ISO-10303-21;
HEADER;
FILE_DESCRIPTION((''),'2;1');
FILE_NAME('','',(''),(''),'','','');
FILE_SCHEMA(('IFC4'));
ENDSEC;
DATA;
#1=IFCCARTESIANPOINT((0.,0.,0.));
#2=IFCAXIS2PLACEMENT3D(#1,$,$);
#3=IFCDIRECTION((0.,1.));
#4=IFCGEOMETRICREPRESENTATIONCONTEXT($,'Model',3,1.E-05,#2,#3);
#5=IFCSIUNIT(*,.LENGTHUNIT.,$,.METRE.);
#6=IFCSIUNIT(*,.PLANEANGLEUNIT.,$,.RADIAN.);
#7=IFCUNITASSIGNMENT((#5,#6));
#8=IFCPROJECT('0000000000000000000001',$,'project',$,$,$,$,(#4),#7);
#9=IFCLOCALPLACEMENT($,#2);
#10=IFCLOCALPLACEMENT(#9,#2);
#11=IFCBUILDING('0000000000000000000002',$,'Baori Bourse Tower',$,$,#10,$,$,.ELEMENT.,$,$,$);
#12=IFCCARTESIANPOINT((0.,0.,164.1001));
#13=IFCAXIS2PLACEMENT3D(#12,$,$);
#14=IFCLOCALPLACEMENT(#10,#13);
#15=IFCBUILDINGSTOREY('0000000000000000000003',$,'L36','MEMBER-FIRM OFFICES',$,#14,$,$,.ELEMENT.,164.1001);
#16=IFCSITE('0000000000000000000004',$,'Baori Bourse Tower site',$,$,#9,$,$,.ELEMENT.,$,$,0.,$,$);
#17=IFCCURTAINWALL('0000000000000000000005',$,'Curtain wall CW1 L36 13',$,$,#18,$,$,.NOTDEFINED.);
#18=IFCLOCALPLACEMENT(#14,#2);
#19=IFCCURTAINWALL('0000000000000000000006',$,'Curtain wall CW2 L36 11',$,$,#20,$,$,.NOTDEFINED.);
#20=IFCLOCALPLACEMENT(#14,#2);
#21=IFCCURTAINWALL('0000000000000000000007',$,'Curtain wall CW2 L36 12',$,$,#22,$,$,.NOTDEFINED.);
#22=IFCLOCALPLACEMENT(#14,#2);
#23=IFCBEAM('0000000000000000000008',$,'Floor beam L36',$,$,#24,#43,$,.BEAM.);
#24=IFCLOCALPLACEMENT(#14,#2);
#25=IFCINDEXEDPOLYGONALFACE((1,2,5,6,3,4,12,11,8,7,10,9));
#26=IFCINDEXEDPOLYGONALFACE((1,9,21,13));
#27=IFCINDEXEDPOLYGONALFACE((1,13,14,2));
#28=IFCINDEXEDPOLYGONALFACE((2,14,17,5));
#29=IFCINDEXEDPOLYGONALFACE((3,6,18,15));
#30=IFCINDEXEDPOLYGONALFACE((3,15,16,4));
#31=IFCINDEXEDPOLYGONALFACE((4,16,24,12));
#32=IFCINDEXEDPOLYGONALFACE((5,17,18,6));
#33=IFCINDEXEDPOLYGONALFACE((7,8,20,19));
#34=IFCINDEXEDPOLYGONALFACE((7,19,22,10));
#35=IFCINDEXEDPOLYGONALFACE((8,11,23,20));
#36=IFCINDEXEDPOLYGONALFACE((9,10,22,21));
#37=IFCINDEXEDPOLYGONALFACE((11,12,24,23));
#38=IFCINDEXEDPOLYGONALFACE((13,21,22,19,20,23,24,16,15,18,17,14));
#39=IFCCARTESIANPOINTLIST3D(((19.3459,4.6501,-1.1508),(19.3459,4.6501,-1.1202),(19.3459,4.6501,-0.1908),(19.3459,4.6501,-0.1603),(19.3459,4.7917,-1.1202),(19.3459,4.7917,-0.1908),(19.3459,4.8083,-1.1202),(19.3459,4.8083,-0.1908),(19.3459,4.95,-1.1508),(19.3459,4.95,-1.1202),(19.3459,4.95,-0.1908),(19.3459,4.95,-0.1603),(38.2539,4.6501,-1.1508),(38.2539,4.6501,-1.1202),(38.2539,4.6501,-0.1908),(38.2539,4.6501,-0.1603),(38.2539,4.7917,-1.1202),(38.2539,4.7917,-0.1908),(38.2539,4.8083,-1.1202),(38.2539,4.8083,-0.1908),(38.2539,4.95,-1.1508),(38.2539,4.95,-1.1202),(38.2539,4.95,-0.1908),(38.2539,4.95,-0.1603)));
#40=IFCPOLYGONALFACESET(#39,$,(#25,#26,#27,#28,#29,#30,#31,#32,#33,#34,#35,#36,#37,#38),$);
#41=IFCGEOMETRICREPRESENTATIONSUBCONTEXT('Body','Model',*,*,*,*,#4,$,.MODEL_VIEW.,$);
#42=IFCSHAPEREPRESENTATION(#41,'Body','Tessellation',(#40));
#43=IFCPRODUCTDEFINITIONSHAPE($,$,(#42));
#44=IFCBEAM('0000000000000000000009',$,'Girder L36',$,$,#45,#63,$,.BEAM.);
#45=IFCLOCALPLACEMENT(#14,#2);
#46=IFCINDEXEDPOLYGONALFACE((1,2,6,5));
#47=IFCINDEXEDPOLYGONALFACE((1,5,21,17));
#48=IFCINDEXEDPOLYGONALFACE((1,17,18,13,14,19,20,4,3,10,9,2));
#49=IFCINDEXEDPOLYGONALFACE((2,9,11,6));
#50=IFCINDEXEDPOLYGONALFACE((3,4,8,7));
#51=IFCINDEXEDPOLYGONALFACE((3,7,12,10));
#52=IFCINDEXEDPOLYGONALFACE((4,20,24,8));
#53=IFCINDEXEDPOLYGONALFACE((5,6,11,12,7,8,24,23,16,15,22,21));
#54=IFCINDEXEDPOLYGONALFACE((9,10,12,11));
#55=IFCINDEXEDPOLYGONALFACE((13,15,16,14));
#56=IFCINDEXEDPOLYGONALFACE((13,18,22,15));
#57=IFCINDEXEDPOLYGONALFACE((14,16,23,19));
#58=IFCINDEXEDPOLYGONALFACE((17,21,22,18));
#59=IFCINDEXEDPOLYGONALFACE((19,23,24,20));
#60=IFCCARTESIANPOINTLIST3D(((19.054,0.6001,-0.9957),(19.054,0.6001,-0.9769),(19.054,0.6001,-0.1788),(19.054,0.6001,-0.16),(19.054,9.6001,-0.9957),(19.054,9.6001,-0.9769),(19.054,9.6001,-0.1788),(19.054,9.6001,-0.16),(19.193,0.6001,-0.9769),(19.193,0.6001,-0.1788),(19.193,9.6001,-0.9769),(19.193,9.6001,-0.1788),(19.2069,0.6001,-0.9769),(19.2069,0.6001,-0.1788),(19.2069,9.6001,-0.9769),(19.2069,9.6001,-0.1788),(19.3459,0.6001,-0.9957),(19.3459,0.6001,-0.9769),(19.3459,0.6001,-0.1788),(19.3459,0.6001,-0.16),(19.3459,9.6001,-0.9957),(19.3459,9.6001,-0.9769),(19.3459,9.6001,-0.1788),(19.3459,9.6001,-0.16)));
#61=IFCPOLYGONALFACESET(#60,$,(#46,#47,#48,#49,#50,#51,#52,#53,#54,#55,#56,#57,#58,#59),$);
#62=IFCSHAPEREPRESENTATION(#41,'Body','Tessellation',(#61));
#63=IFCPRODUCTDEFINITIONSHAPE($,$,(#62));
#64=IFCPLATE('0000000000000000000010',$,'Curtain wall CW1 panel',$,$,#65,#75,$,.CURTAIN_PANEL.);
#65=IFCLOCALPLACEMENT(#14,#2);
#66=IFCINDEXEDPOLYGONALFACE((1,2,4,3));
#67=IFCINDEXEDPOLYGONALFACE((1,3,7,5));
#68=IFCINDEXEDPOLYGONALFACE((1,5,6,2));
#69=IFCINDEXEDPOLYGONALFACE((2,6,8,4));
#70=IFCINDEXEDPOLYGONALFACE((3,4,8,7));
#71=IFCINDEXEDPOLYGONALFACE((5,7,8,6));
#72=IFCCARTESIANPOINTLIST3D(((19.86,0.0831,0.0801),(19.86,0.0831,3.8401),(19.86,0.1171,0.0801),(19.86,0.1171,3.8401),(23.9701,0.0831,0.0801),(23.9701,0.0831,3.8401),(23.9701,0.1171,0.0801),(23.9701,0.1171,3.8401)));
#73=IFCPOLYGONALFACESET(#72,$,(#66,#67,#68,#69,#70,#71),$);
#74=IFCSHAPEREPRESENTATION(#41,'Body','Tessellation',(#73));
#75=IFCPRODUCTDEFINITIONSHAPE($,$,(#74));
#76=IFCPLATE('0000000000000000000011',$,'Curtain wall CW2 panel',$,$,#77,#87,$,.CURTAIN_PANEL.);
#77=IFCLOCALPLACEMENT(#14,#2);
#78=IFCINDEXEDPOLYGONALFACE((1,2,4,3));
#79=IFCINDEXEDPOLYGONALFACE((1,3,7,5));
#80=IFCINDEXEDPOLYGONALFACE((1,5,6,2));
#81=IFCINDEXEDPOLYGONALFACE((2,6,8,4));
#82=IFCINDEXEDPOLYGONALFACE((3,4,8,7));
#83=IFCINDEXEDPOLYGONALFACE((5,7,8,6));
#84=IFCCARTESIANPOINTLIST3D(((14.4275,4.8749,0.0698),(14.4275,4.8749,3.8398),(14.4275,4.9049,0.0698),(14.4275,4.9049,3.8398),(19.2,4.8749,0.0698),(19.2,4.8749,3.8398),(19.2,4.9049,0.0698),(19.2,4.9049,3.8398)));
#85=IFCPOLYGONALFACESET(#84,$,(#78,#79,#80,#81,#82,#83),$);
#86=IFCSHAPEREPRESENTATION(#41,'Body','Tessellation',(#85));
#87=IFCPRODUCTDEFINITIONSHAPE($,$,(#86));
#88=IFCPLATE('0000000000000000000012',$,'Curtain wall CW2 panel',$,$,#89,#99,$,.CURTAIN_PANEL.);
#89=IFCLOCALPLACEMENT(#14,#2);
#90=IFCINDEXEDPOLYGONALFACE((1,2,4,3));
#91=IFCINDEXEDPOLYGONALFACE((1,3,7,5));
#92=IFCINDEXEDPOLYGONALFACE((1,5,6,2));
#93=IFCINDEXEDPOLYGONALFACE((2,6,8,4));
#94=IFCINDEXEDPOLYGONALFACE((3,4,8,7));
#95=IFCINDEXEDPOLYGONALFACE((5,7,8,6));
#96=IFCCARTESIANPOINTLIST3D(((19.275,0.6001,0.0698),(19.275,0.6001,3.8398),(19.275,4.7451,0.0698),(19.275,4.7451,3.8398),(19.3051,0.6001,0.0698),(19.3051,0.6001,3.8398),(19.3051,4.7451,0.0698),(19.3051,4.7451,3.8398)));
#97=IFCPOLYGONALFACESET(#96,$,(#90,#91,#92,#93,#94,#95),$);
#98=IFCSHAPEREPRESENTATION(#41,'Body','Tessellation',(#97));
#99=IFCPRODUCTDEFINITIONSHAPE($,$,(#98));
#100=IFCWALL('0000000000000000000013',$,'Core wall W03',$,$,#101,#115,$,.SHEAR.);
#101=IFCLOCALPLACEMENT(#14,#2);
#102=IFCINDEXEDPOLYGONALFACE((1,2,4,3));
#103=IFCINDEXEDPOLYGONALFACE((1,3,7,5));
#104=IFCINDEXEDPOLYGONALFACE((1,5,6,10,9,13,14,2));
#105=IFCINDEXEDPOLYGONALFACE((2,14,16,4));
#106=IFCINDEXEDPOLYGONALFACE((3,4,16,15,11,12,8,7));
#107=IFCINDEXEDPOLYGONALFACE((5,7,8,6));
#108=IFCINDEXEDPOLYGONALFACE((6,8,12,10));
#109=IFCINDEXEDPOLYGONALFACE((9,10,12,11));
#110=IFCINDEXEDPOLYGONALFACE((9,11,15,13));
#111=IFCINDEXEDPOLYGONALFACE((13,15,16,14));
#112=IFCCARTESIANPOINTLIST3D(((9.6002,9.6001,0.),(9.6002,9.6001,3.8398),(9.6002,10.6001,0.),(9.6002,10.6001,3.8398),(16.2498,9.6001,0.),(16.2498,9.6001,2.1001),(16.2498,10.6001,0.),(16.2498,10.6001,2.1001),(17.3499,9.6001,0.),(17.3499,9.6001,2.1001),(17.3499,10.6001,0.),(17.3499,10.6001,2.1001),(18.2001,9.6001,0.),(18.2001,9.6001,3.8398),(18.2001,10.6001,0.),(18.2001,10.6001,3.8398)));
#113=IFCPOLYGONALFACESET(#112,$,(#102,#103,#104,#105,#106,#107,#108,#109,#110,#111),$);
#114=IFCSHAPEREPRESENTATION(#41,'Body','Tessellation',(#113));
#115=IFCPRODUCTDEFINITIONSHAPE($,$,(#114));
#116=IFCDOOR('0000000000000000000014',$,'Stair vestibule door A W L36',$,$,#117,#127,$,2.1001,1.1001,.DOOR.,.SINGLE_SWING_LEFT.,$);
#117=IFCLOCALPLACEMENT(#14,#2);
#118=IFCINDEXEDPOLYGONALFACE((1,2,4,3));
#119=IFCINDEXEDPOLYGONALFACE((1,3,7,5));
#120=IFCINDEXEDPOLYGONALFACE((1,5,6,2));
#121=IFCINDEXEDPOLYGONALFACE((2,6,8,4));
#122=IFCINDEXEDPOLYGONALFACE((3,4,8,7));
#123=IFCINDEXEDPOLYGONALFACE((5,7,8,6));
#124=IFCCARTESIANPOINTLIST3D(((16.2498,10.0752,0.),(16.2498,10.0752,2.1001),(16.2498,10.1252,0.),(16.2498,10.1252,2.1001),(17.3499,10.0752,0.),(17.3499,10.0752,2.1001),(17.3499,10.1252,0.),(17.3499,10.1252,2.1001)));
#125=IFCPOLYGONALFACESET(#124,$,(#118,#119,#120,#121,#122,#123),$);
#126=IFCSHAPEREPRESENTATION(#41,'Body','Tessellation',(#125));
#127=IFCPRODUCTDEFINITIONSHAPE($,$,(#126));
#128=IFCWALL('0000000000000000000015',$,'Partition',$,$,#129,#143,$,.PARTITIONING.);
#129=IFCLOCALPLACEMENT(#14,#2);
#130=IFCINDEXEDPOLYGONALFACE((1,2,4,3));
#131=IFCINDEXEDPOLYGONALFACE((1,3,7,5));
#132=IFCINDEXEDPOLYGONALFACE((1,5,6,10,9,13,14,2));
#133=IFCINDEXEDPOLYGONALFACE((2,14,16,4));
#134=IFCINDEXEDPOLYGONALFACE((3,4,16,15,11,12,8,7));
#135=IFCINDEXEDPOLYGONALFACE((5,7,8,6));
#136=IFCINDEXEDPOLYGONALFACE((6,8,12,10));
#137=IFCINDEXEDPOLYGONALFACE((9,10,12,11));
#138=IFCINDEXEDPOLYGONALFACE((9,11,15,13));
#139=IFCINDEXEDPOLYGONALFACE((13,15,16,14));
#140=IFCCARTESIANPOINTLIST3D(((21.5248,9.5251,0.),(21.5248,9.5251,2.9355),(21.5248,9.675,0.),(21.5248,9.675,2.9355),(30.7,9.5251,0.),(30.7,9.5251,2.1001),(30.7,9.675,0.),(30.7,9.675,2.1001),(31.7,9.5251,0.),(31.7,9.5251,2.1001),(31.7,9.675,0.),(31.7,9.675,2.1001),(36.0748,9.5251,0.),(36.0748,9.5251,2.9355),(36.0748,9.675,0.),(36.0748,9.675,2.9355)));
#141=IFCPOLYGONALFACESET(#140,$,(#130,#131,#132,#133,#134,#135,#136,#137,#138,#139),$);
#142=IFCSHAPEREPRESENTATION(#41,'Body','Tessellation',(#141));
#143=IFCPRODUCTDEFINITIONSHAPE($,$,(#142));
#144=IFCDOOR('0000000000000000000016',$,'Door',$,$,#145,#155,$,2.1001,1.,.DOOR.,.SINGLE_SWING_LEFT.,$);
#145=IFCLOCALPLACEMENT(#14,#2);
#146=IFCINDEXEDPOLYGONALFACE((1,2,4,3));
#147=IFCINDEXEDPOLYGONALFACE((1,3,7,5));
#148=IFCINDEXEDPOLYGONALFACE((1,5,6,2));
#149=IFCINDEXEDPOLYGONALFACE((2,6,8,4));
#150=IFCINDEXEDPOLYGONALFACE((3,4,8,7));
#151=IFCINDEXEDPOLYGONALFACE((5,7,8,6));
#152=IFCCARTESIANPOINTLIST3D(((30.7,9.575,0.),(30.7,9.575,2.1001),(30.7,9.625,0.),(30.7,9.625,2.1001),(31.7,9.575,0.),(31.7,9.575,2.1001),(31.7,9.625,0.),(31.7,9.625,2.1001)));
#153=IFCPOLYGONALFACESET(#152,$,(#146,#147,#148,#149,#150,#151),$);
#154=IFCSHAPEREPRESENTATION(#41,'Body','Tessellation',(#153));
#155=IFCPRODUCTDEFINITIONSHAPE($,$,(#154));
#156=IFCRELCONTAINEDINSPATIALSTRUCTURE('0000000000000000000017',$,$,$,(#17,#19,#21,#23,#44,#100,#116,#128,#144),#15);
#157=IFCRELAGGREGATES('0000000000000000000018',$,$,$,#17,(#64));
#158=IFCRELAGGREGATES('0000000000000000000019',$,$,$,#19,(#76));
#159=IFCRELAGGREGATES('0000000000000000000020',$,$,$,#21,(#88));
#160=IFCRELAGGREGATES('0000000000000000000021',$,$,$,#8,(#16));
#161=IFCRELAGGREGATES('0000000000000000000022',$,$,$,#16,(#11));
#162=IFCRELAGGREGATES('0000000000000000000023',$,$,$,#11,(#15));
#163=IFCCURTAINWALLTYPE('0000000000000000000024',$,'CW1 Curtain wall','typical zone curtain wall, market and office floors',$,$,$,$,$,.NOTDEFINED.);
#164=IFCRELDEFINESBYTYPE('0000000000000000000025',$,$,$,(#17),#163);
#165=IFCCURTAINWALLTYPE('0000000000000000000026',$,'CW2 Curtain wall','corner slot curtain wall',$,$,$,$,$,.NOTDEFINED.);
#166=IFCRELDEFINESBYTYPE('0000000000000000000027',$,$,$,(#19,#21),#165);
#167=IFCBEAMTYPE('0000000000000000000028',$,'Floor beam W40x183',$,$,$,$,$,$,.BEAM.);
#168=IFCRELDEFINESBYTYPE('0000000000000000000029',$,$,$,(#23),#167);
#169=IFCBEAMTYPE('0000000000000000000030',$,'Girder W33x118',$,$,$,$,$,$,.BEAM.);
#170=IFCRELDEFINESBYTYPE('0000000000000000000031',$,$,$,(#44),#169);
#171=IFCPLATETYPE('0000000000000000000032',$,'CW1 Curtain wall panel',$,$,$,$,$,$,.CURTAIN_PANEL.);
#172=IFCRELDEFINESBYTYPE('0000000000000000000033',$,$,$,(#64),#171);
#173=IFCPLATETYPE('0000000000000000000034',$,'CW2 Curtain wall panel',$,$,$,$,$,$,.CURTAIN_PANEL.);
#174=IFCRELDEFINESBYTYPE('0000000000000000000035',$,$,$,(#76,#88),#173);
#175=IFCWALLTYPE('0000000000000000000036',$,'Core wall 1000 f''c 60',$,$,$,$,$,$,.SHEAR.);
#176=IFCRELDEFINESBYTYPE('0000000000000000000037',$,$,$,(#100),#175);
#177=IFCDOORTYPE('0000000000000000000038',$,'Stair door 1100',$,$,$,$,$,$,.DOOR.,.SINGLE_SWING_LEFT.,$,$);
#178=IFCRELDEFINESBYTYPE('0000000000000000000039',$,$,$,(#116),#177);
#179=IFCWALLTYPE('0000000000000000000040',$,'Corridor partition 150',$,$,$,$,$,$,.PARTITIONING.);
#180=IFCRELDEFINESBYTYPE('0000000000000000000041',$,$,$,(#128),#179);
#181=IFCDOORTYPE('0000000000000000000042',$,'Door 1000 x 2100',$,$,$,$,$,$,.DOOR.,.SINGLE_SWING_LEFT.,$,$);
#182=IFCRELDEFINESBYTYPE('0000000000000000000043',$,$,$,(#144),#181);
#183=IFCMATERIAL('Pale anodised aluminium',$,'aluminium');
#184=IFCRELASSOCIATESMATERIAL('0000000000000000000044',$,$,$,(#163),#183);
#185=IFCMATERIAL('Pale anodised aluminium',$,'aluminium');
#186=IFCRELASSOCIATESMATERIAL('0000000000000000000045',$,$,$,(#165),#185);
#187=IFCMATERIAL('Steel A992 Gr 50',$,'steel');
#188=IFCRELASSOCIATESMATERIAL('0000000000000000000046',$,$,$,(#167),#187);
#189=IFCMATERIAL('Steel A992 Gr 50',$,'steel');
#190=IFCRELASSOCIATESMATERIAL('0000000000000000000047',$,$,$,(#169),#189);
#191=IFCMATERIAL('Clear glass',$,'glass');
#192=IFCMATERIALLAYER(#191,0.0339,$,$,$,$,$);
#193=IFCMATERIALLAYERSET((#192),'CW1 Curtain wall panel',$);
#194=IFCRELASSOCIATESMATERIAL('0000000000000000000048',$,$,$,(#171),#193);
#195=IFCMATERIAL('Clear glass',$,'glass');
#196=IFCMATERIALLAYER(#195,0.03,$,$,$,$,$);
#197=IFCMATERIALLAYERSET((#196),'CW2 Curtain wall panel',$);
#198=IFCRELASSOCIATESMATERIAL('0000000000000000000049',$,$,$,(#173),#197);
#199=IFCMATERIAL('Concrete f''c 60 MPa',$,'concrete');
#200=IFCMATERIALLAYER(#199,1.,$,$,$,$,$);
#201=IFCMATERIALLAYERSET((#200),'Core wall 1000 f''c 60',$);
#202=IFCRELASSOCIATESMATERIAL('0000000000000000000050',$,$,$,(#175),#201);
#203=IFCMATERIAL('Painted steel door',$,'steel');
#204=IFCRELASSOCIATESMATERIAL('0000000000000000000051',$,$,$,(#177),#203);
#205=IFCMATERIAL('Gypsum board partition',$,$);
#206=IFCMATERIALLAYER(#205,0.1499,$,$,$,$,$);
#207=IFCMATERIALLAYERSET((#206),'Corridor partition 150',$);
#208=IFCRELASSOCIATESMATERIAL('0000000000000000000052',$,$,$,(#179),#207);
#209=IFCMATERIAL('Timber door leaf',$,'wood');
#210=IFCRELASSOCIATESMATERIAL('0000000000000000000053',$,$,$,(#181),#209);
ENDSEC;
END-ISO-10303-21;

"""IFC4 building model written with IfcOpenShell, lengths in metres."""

from ifc_helpers import new_model, si_unit, direction, frame, frame_2d, origin, origin_2d, place, context, subcontext, project, spatial, rectangle, i_section, extrude, material, layer, layer_set, material_profile, profile_set, type_object, element, fill, aggregate, save


model = new_model("IFC4")

# Units and contexts
model_context = context("Model", 3, precision=1e-05, world=origin(), true_north=direction((0.0, 1.0)))
body_context = subcontext(model_context, "Body", "Model", "MODEL_VIEW")
ifc_project = project(units=[si_unit("LENGTHUNIT", "METRE"), si_unit("PLANEANGLEUNIT", "RADIAN")], contexts=[model_context])

# Site, building, storey
site_placement = place(None, origin())
site = spatial("IfcSite", under=ifc_project, at=site_placement, Name="Baori Bourse Tower site", CompositionType="ELEMENT", RefElevation=0.0)
building_placement = place(site_placement, origin())
building = spatial("IfcBuilding", under=site, at=building_placement, Name="Baori Bourse Tower", CompositionType="ELEMENT")
storey_placement = place(building_placement, frame((0.0, 0.0, 164.1001)))
storey = spatial("IfcBuildingStorey", under=building, at=storey_placement, Name="L36", Description="MEMBER-FIRM OFFICES", CompositionType="ELEMENT", Elevation=164.1001)

# Curtain wall
ifc_material_1 = material(Name="Pale anodised aluminium", Category="aluminium")
curtain_wall_type_1 = type_object("IfcCurtainWallType", Name="CW1 Curtain wall", Description="typical zone curtain wall, market and office floors", PredefinedType="NOTDEFINED", material=ifc_material_1)
curtain_wall_1_placement = place(storey_placement, origin())
curtain_wall_1 = element("IfcCurtainWall", 1, at=curtain_wall_1_placement, inside=storey, type_object=curtain_wall_type_1, Name="Curtain wall CW1 L36 13", PredefinedType="NOTDEFINED")

# Curtain wall
ifc_material_2 = material(Name="Pale anodised aluminium", Category="aluminium")
curtain_wall_type_2 = type_object("IfcCurtainWallType", Name="CW2 Curtain wall", Description="corner slot curtain wall", PredefinedType="NOTDEFINED", material=ifc_material_2)
curtain_wall_2_placement = place(storey_placement, origin())
curtain_wall_2 = element("IfcCurtainWall", 2, at=curtain_wall_2_placement, inside=storey, type_object=curtain_wall_type_2, Name="Curtain wall CW2 L36 11", PredefinedType="NOTDEFINED")

# Curtain wall
curtain_wall_3_placement = place(storey_placement, origin())
curtain_wall_3 = element("IfcCurtainWall", 3, at=curtain_wall_3_placement, inside=storey, type_object=curtain_wall_type_2, Name="Curtain wall CW2 L36 12", PredefinedType="NOTDEFINED")

# Beams
ifc_material_3 = material(Name="Steel A992 Gr 50", Category="steel")
ifc_material_profile_1 = material_profile(ifc_material_3, i_section(OverallWidth=0.2998, OverallDepth=0.9905, WebThickness=0.0166, FlangeThickness=0.0305, at=origin_2d()), Name="W40x183")
ifc_profile_set_1 = profile_set([ifc_material_profile_1], Name="Steel A992 Gr 50")
beam_type_1 = type_object("IfcBeamType", Name="Floor beam W40x183", PredefinedType="BEAM", material=ifc_profile_set_1)
beam_1_placement = place(storey_placement, frame((19.3459, 4.8, -0.6555), z_axis=(1.0, 0.0, 0.0), x_axis=(0.0, 1.0, 0.0)))
element("IfcBeam", 4, at=beam_1_placement, inside=storey, type_object=beam_type_1, Name="Floor beam L36", PredefinedType="BEAM", context=body_context, shape_type="SweptSolid", body=[
    extrude(i_section(OverallWidth=0.2998, OverallDepth=0.9905, WebThickness=0.0166, FlangeThickness=0.0305, at=origin_2d()), origin(), (0.0, 0.0, 1.0), 18.908),
])
ifc_material_4 = material(Name="Steel A992 Gr 50", Category="steel")
ifc_material_profile_2 = material_profile(ifc_material_4, i_section(OverallWidth=0.292, OverallDepth=0.8357, WebThickness=0.0139, FlangeThickness=0.0188, at=origin_2d()), Name="W33x118")
ifc_profile_set_2 = profile_set([ifc_material_profile_2], Name="Steel A992 Gr 50")
beam_type_2 = type_object("IfcBeamType", Name="Girder W33x118", PredefinedType="BEAM", material=ifc_profile_set_2)
beam_2_placement = place(storey_placement, frame((19.2, 0.6001, -0.5779), z_axis=(0.0, 1.0, 0.0), x_axis=(-1.0, 0.0, 0.0)))
element("IfcBeam", 5, at=beam_2_placement, inside=storey, type_object=beam_type_2, Name="Girder L36", PredefinedType="BEAM", context=body_context, shape_type="SweptSolid", body=[
    extrude(i_section(OverallWidth=0.292, OverallDepth=0.8357, WebThickness=0.0139, FlangeThickness=0.0188, at=origin_2d()), origin(), (0.0, 0.0, 1.0), 9.0),
])

# Plates
ifc_material_5 = material(Name="Clear glass", Category="glass")
ifc_layer_1 = layer(ifc_material_5, 0.0339)
ifc_layer_set_1 = layer_set([ifc_layer_1], Name="CW1 Curtain wall panel")
plate_type_1 = type_object("IfcPlateType", Name="CW1 Curtain wall panel", PredefinedType="CURTAIN_PANEL", material=ifc_layer_set_1)
plate_1_placement = place(storey_placement, frame((21.915, 0.1001, 0.0801), z_axis=(0.0, 0.0, 1.0), x_axis=(1.0, 0.0, 0.0)))
plate_1 = element("IfcPlate", 6, at=plate_1_placement, type_object=plate_type_1, Name="Curtain wall CW1 panel", PredefinedType="CURTAIN_PANEL", context=body_context, shape_type="SweptSolid", body=[
    extrude(rectangle(XDim=4.1101, YDim=0.0339, at=origin_2d()), origin(), (0.0, 0.0, 1.0), 3.76),
])
aggregate(curtain_wall_1, [plate_1])
ifc_material_6 = material(Name="Clear glass", Category="glass")
ifc_layer_2 = layer(ifc_material_6, 0.03)
ifc_layer_set_2 = layer_set([ifc_layer_2], Name="CW2 Curtain wall panel")
plate_type_2 = type_object("IfcPlateType", Name="CW2 Curtain wall panel", PredefinedType="CURTAIN_PANEL", material=ifc_layer_set_2)
plate_2_placement = place(storey_placement, frame((16.8137, 4.8899, 0.0698), z_axis=(0.0, 0.0, 1.0), x_axis=(1.0, 0.0, 0.0)))
plate_2 = element("IfcPlate", 7, at=plate_2_placement, type_object=plate_type_2, Name="Curtain wall CW2 panel", PredefinedType="CURTAIN_PANEL", context=body_context, shape_type="SweptSolid", body=[
    extrude(rectangle(XDim=4.7725, YDim=0.03, at=origin_2d()), origin(), (0.0, 0.0, 1.0), 3.77),
])
aggregate(curtain_wall_2, [plate_2])
plate_3_placement = place(storey_placement, frame((19.29, 2.6726, 0.0698), z_axis=(0.0, 0.0, 1.0), x_axis=(0.0, -1.0, 0.0)))
plate_3 = element("IfcPlate", 8, at=plate_3_placement, type_object=plate_type_2, Name="Curtain wall CW2 panel", PredefinedType="CURTAIN_PANEL", context=body_context, shape_type="SweptSolid", body=[
    extrude(rectangle(XDim=4.145, YDim=0.03, at=origin_2d()), origin(), (0.0, 0.0, 1.0), 3.77),
])
aggregate(curtain_wall_3, [plate_3])

# Walls, openings, doors
ifc_material_7 = material(Name="Concrete f'c 60 MPa", Category="concrete")
ifc_layer_3 = layer(ifc_material_7, 1.0)
ifc_layer_set_3 = layer_set([ifc_layer_3], Name="Core wall 1000 f'c 60")
wall_type_1 = type_object("IfcWallType", Name="Core wall 1000 f'c 60", PredefinedType="SHEAR", material=ifc_layer_set_3)
wall_1_placement = place(storey_placement, frame((18.2, 10.1001, 0.0), z_axis=(0.0, 0.0, 1.0), x_axis=(-1.0, 0.0, 0.0)))
wall_1 = element("IfcWall", 9, at=wall_1_placement, inside=storey, type_object=wall_type_1, Name="Core wall W03", PredefinedType="SHEAR", context=body_context, shape_type="SweptSolid", body=[
    extrude(rectangle(XDim=8.5999, YDim=1.0, at=frame_2d((4.2998, 0.0))), origin(), (0.0, 0.0, 1.0), 3.8398),
])
opening_1_placement = place(wall_1_placement, frame((0.8501, 0.0, 0.0)))
opening_1 = element("IfcOpeningElement", 10, at=opening_1_placement, cuts=wall_1, PredefinedType="OPENING", context=body_context, shape_type="SweptSolid", body=[
    extrude(rectangle(XDim=1.1001, YDim=2.1001, at=frame_2d((0.55, 1.05))), frame((0.0, 0.51, 0.0), z_axis=(0.0, -1.0, 0.0), x_axis=(1.0, 0.0, 0.0)), (0.0, 0.0, 1.0), 1.02),
])
ifc_material_8 = material(Name="Painted steel door", Category="steel")
door_type_1 = type_object("IfcDoorType", Name="Stair door 1100", OperationType="SINGLE_SWING_LEFT", PredefinedType="DOOR", material=ifc_material_8)
door_1_placement = place(opening_1_placement, origin())
door_1 = element("IfcDoor", 11, at=door_1_placement, inside=storey, type_object=door_type_1, Name="Stair vestibule door A W L36", OperationType="SINGLE_SWING_LEFT", OverallHeight=2.1001, OverallWidth=1.1001, PredefinedType="DOOR", context=body_context, shape_type="SweptSolid", body=[
    extrude(rectangle(XDim=1.1001, YDim=2.1001, at=frame_2d((0.55, 1.05))), frame((0.0, 0.0249, 0.0), z_axis=(0.0, -1.0, 0.0), x_axis=(1.0, 0.0, 0.0)), (0.0, 0.0, 1.0), 0.05),
])
fill(opening_1, door_1)
ifc_material_9 = material(Name="Gypsum board partition")
ifc_layer_4 = layer(ifc_material_9, 0.1499)
ifc_layer_set_4 = layer_set([ifc_layer_4], Name="Corridor partition 150")
wall_type_2 = type_object("IfcWallType", Name="Corridor partition 150", PredefinedType="PARTITIONING", material=ifc_layer_set_4)
wall_2_placement = place(storey_placement, frame((21.5249, 9.6001, 0.0), z_axis=(0.0, 0.0, 1.0), x_axis=(1.0, 0.0, 0.0)))
wall_2 = element("IfcWall", 12, at=wall_2_placement, inside=storey, type_object=wall_type_2, Name="Partition", PredefinedType="PARTITIONING", context=body_context, shape_type="SweptSolid", body=[
    extrude(rectangle(XDim=14.55, YDim=0.1499, at=frame_2d((7.2749, 0.0))), origin(), (0.0, 0.0, 1.0), 2.9355),
])
opening_2_placement = place(wall_2_placement, frame((9.175, 0.0, 0.0)))
opening_2 = element("IfcOpeningElement", 13, at=opening_2_placement, cuts=wall_2, PredefinedType="OPENING", context=body_context, shape_type="SweptSolid", body=[
    extrude(rectangle(XDim=1.0, YDim=2.1001, at=frame_2d((0.5, 1.05))), frame((0.0, 0.085, 0.0), z_axis=(0.0, -1.0, 0.0), x_axis=(1.0, 0.0, 0.0)), (0.0, 0.0, 1.0), 0.1699),
])
ifc_material_10 = material(Name="Timber door leaf", Category="wood")
door_type_2 = type_object("IfcDoorType", Name="Door 1000 x 2100", OperationType="SINGLE_SWING_LEFT", PredefinedType="DOOR", material=ifc_material_10)
door_2_placement = place(opening_2_placement, origin())
door_2 = element("IfcDoor", 14, at=door_2_placement, inside=storey, type_object=door_type_2, Name="Door", OperationType="SINGLE_SWING_LEFT", OverallHeight=2.1001, OverallWidth=1.0, PredefinedType="DOOR", context=body_context, shape_type="SweptSolid", body=[
    extrude(rectangle(XDim=1.0, YDim=2.1001, at=frame_2d((0.5, 1.05))), frame((0.0, 0.0249, 0.0), z_axis=(0.0, -1.0, 0.0), x_axis=(1.0, 0.0, 0.0)), (0.0, 0.0, 1.0), 0.05),
])
fill(opening_2, door_2)

save(model, "model.ifc")
